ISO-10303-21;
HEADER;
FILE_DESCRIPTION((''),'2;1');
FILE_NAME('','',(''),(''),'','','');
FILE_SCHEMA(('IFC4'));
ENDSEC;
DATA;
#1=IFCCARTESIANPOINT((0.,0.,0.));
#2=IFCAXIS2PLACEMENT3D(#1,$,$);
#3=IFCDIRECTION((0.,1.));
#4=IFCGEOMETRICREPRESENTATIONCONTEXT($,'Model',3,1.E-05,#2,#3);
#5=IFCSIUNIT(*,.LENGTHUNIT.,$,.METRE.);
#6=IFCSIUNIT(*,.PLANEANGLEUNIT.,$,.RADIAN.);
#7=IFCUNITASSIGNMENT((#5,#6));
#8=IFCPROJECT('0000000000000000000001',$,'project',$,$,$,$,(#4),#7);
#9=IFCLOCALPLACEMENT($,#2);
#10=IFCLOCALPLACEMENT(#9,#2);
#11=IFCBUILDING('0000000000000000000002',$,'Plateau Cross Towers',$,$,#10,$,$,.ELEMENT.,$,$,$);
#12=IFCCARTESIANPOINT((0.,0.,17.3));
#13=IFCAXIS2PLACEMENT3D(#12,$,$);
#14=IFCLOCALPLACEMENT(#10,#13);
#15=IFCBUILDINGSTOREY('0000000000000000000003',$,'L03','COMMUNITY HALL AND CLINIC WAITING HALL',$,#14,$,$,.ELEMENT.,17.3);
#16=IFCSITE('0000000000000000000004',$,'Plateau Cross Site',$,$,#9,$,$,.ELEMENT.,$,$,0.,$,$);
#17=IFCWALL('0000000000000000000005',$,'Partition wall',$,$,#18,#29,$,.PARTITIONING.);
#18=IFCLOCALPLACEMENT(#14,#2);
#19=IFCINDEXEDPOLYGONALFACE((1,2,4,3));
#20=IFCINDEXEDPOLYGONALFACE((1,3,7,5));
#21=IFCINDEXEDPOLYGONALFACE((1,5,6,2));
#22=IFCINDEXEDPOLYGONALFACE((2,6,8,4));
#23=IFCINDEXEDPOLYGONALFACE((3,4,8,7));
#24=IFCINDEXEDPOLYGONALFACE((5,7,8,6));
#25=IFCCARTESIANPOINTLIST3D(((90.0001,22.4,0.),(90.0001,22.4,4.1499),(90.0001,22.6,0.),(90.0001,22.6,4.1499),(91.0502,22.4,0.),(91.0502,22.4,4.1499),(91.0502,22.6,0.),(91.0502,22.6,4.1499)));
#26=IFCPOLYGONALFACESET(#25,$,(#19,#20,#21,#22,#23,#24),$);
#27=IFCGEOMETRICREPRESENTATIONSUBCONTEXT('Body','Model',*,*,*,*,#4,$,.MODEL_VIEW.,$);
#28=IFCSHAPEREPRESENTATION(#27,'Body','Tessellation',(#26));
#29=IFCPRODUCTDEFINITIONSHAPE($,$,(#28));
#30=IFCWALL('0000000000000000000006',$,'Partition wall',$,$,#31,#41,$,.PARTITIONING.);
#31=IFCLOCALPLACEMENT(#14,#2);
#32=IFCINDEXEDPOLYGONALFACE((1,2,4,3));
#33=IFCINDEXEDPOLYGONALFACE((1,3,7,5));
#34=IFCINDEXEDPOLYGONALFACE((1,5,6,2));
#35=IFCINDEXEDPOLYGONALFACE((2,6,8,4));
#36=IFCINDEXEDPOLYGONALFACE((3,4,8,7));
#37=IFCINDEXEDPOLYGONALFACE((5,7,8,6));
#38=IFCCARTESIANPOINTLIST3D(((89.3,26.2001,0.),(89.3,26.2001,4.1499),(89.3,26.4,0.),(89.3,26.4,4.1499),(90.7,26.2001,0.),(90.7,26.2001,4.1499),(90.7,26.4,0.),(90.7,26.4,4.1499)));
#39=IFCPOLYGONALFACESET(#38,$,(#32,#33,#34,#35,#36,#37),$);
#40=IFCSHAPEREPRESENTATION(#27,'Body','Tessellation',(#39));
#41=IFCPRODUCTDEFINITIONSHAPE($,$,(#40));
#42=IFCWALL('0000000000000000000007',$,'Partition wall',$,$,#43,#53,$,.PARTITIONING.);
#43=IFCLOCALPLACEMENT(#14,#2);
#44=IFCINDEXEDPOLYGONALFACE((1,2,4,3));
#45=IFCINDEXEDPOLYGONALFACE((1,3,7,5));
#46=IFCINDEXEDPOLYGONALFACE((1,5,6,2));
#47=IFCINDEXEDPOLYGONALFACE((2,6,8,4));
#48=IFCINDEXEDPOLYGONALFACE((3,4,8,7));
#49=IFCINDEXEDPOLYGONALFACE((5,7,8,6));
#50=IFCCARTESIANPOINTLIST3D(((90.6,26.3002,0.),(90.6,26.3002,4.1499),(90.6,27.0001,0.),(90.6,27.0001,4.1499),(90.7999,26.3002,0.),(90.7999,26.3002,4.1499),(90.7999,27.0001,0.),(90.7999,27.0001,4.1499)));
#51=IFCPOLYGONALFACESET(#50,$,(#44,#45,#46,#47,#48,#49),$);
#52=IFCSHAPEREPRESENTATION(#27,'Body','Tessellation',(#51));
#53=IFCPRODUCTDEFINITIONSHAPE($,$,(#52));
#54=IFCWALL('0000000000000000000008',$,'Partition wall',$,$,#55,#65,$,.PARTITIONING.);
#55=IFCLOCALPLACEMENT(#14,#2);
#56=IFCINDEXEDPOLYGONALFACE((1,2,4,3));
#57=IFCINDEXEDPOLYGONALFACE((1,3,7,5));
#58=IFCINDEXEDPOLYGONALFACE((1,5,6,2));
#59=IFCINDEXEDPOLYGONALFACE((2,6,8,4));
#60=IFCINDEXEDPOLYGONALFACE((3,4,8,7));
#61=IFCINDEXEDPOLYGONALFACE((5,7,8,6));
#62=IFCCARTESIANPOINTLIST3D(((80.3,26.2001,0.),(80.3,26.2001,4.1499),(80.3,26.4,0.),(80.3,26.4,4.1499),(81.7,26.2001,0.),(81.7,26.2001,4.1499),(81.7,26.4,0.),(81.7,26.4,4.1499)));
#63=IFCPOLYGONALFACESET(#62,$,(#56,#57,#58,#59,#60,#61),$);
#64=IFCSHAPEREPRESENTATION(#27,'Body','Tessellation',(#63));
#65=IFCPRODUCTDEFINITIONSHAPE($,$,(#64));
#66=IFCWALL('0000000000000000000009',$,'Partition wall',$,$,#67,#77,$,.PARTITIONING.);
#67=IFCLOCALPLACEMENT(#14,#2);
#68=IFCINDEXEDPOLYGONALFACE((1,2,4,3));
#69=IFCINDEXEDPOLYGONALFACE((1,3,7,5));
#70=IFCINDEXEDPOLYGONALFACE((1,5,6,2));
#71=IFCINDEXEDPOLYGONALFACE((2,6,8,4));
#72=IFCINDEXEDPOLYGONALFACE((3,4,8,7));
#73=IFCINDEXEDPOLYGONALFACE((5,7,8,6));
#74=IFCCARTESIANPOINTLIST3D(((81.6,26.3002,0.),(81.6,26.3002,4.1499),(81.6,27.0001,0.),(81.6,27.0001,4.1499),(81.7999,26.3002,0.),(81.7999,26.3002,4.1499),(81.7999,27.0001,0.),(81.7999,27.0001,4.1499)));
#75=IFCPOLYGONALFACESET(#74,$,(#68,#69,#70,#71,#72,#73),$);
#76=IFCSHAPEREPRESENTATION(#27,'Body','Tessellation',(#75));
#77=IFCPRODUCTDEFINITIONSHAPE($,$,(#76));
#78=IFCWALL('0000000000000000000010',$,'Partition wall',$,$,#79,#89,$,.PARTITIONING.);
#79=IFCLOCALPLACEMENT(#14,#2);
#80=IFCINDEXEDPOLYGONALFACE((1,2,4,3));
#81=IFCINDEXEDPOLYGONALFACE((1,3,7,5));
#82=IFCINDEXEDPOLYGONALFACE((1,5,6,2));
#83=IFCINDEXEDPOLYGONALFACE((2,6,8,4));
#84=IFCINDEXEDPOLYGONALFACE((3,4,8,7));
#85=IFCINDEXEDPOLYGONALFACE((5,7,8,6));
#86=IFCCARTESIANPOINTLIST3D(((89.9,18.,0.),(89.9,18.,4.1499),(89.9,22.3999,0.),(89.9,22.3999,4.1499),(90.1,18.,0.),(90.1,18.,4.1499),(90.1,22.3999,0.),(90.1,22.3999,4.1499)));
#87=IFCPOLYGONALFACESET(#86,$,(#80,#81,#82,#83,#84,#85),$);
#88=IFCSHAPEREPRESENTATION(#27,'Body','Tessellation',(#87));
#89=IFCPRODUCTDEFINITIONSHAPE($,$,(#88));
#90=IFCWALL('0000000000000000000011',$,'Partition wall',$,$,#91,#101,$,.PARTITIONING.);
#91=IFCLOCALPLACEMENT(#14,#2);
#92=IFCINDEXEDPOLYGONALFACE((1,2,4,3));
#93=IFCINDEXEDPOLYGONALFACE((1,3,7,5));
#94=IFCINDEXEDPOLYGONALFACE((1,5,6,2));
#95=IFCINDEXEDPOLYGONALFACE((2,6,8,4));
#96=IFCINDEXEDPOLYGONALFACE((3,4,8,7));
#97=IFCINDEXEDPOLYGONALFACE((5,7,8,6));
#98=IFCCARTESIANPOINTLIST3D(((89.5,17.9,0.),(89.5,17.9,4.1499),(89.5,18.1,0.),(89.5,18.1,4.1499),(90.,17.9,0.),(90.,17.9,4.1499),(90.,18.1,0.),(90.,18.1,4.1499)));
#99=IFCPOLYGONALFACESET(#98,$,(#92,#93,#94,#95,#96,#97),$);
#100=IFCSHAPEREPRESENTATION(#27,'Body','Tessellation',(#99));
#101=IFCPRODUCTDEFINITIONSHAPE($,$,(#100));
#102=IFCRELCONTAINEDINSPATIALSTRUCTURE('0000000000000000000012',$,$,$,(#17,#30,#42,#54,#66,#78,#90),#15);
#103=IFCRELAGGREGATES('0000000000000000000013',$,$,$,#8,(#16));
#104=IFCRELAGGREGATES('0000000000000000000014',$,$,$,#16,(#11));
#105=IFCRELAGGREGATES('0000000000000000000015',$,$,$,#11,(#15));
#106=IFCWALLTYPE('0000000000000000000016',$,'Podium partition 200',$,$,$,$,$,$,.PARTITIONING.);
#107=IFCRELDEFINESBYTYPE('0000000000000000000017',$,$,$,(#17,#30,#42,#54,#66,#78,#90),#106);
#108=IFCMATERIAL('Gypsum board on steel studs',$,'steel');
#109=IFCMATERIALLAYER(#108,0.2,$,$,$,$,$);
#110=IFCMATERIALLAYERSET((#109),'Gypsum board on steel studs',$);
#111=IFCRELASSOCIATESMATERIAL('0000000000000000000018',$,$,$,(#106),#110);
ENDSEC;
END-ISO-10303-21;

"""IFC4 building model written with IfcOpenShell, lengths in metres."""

from ifc_helpers import new_model, si_unit, direction, frame, frame_2d, origin, place, context, subcontext, project, spatial, rectangle, extrude, material, layer, layer_set, type_object, element, save


model = new_model("IFC4")

# Units and contexts
model_context = context("Model", 3, precision=1e-05, world=origin(), true_north=direction((0.0, 1.0)))
body_context = subcontext(model_context, "Body", "Model", "MODEL_VIEW")
ifc_project = project(units=[si_unit("LENGTHUNIT", "METRE"), si_unit("PLANEANGLEUNIT", "RADIAN")], contexts=[model_context])

# Site, building, storey
site_placement = place(None, origin())
site = spatial("IfcSite", under=ifc_project, at=site_placement, Name="Plateau Cross Site", CompositionType="ELEMENT", RefElevation=0.0)
building_placement = place(site_placement, origin())
building = spatial("IfcBuilding", under=site, at=building_placement, Name="Plateau Cross Towers", CompositionType="ELEMENT")
storey_placement = place(building_placement, frame((0.0, 0.0, 17.3)))
storey = spatial("IfcBuildingStorey", under=building, at=storey_placement, Name="L03", Description="COMMUNITY HALL AND CLINIC WAITING HALL", CompositionType="ELEMENT", Elevation=17.3)

# Shared definitions
ifc_material_1 = material(Name="Gypsum board on steel studs", Category="steel")
ifc_layer_1 = layer(ifc_material_1, 0.2)
ifc_layer_set_1 = layer_set([ifc_layer_1], Name="Gypsum board on steel studs")
wall_type_1 = type_object("IfcWallType", Name="Podium partition 200", PredefinedType="PARTITIONING", material=ifc_layer_set_1)

# Walls
wall_1_placement = place(storey_placement, frame((91.05, 22.5, 0.0), z_axis=(0.0, 0.0, 1.0), x_axis=(-1.0, 0.0, 0.0)))
element("IfcWall", 1, at=wall_1_placement, inside=storey, type_object=wall_type_1, Name="Partition wall", PredefinedType="PARTITIONING", context=body_context, shape_type="SweptSolid", body=[
    extrude(rectangle(XDim=1.05, YDim=0.2, at=frame_2d((0.5249, 0.0))), origin(), (0.0, 0.0, 1.0), 4.1499),
])
wall_2_placement = place(storey_placement, frame((89.3, 26.3, 0.0), z_axis=(0.0, 0.0, 1.0), x_axis=(1.0, 0.0, 0.0)))
element("IfcWall", 2, at=wall_2_placement, inside=storey, type_object=wall_type_1, Name="Partition wall", PredefinedType="PARTITIONING", context=body_context, shape_type="SweptSolid", body=[
    extrude(rectangle(XDim=1.3999, YDim=0.2, at=frame_2d((0.7, 0.0))), origin(), (0.0, 0.0, 1.0), 4.1499),
])
wall_3_placement = place(storey_placement, frame((90.7, 26.3, 0.0), z_axis=(0.0, 0.0, 1.0), x_axis=(0.0, 1.0, 0.0)))
element("IfcWall", 3, at=wall_3_placement, inside=storey, type_object=wall_type_1, Name="Partition wall", PredefinedType="PARTITIONING", context=body_context, shape_type="SweptSolid", body=[
    extrude(rectangle(XDim=0.7, YDim=0.2, at=frame_2d((0.3501, 0.0))), origin(), (0.0, 0.0, 1.0), 4.1499),
])
wall_4_placement = place(storey_placement, frame((80.3, 26.3, 0.0), z_axis=(0.0, 0.0, 1.0), x_axis=(1.0, 0.0, 0.0)))
element("IfcWall", 4, at=wall_4_placement, inside=storey, type_object=wall_type_1, Name="Partition wall", PredefinedType="PARTITIONING", context=body_context, shape_type="SweptSolid", body=[
    extrude(rectangle(XDim=1.3999, YDim=0.2, at=frame_2d((0.7, 0.0))), origin(), (0.0, 0.0, 1.0), 4.1499),
])
wall_5_placement = place(storey_placement, frame((81.7, 26.3, 0.0), z_axis=(0.0, 0.0, 1.0), x_axis=(0.0, 1.0, 0.0)))
element("IfcWall", 5, at=wall_5_placement, inside=storey, type_object=wall_type_1, Name="Partition wall", PredefinedType="PARTITIONING", context=body_context, shape_type="SweptSolid", body=[
    extrude(rectangle(XDim=0.7, YDim=0.2, at=frame_2d((0.3501, 0.0))), origin(), (0.0, 0.0, 1.0), 4.1499),
])
wall_6_placement = place(storey_placement, frame((90.0, 22.3999, 0.0), z_axis=(0.0, 0.0, 1.0), x_axis=(0.0, -1.0, 0.0)))
element("IfcWall", 6, at=wall_6_placement, inside=storey, type_object=wall_type_1, Name="Partition wall", PredefinedType="PARTITIONING", context=body_context, shape_type="SweptSolid", body=[
    extrude(rectangle(XDim=4.3999, YDim=0.2, at=frame_2d((2.2, 0.0))), origin(), (0.0, 0.0, 1.0), 4.1499),
])
wall_7_placement = place(storey_placement, frame((90.0, 18.0, 0.0), z_axis=(0.0, 0.0, 1.0), x_axis=(-1.0, 0.0, 0.0)))
element("IfcWall", 7, at=wall_7_placement, inside=storey, type_object=wall_type_1, Name="Partition wall", PredefinedType="PARTITIONING", context=body_context, shape_type="SweptSolid", body=[
    extrude(rectangle(XDim=0.5, YDim=0.2, at=frame_2d((0.25, 0.0))), origin(), (0.0, 0.0, 1.0), 4.1499),
])

save(model, "model.ifc")
